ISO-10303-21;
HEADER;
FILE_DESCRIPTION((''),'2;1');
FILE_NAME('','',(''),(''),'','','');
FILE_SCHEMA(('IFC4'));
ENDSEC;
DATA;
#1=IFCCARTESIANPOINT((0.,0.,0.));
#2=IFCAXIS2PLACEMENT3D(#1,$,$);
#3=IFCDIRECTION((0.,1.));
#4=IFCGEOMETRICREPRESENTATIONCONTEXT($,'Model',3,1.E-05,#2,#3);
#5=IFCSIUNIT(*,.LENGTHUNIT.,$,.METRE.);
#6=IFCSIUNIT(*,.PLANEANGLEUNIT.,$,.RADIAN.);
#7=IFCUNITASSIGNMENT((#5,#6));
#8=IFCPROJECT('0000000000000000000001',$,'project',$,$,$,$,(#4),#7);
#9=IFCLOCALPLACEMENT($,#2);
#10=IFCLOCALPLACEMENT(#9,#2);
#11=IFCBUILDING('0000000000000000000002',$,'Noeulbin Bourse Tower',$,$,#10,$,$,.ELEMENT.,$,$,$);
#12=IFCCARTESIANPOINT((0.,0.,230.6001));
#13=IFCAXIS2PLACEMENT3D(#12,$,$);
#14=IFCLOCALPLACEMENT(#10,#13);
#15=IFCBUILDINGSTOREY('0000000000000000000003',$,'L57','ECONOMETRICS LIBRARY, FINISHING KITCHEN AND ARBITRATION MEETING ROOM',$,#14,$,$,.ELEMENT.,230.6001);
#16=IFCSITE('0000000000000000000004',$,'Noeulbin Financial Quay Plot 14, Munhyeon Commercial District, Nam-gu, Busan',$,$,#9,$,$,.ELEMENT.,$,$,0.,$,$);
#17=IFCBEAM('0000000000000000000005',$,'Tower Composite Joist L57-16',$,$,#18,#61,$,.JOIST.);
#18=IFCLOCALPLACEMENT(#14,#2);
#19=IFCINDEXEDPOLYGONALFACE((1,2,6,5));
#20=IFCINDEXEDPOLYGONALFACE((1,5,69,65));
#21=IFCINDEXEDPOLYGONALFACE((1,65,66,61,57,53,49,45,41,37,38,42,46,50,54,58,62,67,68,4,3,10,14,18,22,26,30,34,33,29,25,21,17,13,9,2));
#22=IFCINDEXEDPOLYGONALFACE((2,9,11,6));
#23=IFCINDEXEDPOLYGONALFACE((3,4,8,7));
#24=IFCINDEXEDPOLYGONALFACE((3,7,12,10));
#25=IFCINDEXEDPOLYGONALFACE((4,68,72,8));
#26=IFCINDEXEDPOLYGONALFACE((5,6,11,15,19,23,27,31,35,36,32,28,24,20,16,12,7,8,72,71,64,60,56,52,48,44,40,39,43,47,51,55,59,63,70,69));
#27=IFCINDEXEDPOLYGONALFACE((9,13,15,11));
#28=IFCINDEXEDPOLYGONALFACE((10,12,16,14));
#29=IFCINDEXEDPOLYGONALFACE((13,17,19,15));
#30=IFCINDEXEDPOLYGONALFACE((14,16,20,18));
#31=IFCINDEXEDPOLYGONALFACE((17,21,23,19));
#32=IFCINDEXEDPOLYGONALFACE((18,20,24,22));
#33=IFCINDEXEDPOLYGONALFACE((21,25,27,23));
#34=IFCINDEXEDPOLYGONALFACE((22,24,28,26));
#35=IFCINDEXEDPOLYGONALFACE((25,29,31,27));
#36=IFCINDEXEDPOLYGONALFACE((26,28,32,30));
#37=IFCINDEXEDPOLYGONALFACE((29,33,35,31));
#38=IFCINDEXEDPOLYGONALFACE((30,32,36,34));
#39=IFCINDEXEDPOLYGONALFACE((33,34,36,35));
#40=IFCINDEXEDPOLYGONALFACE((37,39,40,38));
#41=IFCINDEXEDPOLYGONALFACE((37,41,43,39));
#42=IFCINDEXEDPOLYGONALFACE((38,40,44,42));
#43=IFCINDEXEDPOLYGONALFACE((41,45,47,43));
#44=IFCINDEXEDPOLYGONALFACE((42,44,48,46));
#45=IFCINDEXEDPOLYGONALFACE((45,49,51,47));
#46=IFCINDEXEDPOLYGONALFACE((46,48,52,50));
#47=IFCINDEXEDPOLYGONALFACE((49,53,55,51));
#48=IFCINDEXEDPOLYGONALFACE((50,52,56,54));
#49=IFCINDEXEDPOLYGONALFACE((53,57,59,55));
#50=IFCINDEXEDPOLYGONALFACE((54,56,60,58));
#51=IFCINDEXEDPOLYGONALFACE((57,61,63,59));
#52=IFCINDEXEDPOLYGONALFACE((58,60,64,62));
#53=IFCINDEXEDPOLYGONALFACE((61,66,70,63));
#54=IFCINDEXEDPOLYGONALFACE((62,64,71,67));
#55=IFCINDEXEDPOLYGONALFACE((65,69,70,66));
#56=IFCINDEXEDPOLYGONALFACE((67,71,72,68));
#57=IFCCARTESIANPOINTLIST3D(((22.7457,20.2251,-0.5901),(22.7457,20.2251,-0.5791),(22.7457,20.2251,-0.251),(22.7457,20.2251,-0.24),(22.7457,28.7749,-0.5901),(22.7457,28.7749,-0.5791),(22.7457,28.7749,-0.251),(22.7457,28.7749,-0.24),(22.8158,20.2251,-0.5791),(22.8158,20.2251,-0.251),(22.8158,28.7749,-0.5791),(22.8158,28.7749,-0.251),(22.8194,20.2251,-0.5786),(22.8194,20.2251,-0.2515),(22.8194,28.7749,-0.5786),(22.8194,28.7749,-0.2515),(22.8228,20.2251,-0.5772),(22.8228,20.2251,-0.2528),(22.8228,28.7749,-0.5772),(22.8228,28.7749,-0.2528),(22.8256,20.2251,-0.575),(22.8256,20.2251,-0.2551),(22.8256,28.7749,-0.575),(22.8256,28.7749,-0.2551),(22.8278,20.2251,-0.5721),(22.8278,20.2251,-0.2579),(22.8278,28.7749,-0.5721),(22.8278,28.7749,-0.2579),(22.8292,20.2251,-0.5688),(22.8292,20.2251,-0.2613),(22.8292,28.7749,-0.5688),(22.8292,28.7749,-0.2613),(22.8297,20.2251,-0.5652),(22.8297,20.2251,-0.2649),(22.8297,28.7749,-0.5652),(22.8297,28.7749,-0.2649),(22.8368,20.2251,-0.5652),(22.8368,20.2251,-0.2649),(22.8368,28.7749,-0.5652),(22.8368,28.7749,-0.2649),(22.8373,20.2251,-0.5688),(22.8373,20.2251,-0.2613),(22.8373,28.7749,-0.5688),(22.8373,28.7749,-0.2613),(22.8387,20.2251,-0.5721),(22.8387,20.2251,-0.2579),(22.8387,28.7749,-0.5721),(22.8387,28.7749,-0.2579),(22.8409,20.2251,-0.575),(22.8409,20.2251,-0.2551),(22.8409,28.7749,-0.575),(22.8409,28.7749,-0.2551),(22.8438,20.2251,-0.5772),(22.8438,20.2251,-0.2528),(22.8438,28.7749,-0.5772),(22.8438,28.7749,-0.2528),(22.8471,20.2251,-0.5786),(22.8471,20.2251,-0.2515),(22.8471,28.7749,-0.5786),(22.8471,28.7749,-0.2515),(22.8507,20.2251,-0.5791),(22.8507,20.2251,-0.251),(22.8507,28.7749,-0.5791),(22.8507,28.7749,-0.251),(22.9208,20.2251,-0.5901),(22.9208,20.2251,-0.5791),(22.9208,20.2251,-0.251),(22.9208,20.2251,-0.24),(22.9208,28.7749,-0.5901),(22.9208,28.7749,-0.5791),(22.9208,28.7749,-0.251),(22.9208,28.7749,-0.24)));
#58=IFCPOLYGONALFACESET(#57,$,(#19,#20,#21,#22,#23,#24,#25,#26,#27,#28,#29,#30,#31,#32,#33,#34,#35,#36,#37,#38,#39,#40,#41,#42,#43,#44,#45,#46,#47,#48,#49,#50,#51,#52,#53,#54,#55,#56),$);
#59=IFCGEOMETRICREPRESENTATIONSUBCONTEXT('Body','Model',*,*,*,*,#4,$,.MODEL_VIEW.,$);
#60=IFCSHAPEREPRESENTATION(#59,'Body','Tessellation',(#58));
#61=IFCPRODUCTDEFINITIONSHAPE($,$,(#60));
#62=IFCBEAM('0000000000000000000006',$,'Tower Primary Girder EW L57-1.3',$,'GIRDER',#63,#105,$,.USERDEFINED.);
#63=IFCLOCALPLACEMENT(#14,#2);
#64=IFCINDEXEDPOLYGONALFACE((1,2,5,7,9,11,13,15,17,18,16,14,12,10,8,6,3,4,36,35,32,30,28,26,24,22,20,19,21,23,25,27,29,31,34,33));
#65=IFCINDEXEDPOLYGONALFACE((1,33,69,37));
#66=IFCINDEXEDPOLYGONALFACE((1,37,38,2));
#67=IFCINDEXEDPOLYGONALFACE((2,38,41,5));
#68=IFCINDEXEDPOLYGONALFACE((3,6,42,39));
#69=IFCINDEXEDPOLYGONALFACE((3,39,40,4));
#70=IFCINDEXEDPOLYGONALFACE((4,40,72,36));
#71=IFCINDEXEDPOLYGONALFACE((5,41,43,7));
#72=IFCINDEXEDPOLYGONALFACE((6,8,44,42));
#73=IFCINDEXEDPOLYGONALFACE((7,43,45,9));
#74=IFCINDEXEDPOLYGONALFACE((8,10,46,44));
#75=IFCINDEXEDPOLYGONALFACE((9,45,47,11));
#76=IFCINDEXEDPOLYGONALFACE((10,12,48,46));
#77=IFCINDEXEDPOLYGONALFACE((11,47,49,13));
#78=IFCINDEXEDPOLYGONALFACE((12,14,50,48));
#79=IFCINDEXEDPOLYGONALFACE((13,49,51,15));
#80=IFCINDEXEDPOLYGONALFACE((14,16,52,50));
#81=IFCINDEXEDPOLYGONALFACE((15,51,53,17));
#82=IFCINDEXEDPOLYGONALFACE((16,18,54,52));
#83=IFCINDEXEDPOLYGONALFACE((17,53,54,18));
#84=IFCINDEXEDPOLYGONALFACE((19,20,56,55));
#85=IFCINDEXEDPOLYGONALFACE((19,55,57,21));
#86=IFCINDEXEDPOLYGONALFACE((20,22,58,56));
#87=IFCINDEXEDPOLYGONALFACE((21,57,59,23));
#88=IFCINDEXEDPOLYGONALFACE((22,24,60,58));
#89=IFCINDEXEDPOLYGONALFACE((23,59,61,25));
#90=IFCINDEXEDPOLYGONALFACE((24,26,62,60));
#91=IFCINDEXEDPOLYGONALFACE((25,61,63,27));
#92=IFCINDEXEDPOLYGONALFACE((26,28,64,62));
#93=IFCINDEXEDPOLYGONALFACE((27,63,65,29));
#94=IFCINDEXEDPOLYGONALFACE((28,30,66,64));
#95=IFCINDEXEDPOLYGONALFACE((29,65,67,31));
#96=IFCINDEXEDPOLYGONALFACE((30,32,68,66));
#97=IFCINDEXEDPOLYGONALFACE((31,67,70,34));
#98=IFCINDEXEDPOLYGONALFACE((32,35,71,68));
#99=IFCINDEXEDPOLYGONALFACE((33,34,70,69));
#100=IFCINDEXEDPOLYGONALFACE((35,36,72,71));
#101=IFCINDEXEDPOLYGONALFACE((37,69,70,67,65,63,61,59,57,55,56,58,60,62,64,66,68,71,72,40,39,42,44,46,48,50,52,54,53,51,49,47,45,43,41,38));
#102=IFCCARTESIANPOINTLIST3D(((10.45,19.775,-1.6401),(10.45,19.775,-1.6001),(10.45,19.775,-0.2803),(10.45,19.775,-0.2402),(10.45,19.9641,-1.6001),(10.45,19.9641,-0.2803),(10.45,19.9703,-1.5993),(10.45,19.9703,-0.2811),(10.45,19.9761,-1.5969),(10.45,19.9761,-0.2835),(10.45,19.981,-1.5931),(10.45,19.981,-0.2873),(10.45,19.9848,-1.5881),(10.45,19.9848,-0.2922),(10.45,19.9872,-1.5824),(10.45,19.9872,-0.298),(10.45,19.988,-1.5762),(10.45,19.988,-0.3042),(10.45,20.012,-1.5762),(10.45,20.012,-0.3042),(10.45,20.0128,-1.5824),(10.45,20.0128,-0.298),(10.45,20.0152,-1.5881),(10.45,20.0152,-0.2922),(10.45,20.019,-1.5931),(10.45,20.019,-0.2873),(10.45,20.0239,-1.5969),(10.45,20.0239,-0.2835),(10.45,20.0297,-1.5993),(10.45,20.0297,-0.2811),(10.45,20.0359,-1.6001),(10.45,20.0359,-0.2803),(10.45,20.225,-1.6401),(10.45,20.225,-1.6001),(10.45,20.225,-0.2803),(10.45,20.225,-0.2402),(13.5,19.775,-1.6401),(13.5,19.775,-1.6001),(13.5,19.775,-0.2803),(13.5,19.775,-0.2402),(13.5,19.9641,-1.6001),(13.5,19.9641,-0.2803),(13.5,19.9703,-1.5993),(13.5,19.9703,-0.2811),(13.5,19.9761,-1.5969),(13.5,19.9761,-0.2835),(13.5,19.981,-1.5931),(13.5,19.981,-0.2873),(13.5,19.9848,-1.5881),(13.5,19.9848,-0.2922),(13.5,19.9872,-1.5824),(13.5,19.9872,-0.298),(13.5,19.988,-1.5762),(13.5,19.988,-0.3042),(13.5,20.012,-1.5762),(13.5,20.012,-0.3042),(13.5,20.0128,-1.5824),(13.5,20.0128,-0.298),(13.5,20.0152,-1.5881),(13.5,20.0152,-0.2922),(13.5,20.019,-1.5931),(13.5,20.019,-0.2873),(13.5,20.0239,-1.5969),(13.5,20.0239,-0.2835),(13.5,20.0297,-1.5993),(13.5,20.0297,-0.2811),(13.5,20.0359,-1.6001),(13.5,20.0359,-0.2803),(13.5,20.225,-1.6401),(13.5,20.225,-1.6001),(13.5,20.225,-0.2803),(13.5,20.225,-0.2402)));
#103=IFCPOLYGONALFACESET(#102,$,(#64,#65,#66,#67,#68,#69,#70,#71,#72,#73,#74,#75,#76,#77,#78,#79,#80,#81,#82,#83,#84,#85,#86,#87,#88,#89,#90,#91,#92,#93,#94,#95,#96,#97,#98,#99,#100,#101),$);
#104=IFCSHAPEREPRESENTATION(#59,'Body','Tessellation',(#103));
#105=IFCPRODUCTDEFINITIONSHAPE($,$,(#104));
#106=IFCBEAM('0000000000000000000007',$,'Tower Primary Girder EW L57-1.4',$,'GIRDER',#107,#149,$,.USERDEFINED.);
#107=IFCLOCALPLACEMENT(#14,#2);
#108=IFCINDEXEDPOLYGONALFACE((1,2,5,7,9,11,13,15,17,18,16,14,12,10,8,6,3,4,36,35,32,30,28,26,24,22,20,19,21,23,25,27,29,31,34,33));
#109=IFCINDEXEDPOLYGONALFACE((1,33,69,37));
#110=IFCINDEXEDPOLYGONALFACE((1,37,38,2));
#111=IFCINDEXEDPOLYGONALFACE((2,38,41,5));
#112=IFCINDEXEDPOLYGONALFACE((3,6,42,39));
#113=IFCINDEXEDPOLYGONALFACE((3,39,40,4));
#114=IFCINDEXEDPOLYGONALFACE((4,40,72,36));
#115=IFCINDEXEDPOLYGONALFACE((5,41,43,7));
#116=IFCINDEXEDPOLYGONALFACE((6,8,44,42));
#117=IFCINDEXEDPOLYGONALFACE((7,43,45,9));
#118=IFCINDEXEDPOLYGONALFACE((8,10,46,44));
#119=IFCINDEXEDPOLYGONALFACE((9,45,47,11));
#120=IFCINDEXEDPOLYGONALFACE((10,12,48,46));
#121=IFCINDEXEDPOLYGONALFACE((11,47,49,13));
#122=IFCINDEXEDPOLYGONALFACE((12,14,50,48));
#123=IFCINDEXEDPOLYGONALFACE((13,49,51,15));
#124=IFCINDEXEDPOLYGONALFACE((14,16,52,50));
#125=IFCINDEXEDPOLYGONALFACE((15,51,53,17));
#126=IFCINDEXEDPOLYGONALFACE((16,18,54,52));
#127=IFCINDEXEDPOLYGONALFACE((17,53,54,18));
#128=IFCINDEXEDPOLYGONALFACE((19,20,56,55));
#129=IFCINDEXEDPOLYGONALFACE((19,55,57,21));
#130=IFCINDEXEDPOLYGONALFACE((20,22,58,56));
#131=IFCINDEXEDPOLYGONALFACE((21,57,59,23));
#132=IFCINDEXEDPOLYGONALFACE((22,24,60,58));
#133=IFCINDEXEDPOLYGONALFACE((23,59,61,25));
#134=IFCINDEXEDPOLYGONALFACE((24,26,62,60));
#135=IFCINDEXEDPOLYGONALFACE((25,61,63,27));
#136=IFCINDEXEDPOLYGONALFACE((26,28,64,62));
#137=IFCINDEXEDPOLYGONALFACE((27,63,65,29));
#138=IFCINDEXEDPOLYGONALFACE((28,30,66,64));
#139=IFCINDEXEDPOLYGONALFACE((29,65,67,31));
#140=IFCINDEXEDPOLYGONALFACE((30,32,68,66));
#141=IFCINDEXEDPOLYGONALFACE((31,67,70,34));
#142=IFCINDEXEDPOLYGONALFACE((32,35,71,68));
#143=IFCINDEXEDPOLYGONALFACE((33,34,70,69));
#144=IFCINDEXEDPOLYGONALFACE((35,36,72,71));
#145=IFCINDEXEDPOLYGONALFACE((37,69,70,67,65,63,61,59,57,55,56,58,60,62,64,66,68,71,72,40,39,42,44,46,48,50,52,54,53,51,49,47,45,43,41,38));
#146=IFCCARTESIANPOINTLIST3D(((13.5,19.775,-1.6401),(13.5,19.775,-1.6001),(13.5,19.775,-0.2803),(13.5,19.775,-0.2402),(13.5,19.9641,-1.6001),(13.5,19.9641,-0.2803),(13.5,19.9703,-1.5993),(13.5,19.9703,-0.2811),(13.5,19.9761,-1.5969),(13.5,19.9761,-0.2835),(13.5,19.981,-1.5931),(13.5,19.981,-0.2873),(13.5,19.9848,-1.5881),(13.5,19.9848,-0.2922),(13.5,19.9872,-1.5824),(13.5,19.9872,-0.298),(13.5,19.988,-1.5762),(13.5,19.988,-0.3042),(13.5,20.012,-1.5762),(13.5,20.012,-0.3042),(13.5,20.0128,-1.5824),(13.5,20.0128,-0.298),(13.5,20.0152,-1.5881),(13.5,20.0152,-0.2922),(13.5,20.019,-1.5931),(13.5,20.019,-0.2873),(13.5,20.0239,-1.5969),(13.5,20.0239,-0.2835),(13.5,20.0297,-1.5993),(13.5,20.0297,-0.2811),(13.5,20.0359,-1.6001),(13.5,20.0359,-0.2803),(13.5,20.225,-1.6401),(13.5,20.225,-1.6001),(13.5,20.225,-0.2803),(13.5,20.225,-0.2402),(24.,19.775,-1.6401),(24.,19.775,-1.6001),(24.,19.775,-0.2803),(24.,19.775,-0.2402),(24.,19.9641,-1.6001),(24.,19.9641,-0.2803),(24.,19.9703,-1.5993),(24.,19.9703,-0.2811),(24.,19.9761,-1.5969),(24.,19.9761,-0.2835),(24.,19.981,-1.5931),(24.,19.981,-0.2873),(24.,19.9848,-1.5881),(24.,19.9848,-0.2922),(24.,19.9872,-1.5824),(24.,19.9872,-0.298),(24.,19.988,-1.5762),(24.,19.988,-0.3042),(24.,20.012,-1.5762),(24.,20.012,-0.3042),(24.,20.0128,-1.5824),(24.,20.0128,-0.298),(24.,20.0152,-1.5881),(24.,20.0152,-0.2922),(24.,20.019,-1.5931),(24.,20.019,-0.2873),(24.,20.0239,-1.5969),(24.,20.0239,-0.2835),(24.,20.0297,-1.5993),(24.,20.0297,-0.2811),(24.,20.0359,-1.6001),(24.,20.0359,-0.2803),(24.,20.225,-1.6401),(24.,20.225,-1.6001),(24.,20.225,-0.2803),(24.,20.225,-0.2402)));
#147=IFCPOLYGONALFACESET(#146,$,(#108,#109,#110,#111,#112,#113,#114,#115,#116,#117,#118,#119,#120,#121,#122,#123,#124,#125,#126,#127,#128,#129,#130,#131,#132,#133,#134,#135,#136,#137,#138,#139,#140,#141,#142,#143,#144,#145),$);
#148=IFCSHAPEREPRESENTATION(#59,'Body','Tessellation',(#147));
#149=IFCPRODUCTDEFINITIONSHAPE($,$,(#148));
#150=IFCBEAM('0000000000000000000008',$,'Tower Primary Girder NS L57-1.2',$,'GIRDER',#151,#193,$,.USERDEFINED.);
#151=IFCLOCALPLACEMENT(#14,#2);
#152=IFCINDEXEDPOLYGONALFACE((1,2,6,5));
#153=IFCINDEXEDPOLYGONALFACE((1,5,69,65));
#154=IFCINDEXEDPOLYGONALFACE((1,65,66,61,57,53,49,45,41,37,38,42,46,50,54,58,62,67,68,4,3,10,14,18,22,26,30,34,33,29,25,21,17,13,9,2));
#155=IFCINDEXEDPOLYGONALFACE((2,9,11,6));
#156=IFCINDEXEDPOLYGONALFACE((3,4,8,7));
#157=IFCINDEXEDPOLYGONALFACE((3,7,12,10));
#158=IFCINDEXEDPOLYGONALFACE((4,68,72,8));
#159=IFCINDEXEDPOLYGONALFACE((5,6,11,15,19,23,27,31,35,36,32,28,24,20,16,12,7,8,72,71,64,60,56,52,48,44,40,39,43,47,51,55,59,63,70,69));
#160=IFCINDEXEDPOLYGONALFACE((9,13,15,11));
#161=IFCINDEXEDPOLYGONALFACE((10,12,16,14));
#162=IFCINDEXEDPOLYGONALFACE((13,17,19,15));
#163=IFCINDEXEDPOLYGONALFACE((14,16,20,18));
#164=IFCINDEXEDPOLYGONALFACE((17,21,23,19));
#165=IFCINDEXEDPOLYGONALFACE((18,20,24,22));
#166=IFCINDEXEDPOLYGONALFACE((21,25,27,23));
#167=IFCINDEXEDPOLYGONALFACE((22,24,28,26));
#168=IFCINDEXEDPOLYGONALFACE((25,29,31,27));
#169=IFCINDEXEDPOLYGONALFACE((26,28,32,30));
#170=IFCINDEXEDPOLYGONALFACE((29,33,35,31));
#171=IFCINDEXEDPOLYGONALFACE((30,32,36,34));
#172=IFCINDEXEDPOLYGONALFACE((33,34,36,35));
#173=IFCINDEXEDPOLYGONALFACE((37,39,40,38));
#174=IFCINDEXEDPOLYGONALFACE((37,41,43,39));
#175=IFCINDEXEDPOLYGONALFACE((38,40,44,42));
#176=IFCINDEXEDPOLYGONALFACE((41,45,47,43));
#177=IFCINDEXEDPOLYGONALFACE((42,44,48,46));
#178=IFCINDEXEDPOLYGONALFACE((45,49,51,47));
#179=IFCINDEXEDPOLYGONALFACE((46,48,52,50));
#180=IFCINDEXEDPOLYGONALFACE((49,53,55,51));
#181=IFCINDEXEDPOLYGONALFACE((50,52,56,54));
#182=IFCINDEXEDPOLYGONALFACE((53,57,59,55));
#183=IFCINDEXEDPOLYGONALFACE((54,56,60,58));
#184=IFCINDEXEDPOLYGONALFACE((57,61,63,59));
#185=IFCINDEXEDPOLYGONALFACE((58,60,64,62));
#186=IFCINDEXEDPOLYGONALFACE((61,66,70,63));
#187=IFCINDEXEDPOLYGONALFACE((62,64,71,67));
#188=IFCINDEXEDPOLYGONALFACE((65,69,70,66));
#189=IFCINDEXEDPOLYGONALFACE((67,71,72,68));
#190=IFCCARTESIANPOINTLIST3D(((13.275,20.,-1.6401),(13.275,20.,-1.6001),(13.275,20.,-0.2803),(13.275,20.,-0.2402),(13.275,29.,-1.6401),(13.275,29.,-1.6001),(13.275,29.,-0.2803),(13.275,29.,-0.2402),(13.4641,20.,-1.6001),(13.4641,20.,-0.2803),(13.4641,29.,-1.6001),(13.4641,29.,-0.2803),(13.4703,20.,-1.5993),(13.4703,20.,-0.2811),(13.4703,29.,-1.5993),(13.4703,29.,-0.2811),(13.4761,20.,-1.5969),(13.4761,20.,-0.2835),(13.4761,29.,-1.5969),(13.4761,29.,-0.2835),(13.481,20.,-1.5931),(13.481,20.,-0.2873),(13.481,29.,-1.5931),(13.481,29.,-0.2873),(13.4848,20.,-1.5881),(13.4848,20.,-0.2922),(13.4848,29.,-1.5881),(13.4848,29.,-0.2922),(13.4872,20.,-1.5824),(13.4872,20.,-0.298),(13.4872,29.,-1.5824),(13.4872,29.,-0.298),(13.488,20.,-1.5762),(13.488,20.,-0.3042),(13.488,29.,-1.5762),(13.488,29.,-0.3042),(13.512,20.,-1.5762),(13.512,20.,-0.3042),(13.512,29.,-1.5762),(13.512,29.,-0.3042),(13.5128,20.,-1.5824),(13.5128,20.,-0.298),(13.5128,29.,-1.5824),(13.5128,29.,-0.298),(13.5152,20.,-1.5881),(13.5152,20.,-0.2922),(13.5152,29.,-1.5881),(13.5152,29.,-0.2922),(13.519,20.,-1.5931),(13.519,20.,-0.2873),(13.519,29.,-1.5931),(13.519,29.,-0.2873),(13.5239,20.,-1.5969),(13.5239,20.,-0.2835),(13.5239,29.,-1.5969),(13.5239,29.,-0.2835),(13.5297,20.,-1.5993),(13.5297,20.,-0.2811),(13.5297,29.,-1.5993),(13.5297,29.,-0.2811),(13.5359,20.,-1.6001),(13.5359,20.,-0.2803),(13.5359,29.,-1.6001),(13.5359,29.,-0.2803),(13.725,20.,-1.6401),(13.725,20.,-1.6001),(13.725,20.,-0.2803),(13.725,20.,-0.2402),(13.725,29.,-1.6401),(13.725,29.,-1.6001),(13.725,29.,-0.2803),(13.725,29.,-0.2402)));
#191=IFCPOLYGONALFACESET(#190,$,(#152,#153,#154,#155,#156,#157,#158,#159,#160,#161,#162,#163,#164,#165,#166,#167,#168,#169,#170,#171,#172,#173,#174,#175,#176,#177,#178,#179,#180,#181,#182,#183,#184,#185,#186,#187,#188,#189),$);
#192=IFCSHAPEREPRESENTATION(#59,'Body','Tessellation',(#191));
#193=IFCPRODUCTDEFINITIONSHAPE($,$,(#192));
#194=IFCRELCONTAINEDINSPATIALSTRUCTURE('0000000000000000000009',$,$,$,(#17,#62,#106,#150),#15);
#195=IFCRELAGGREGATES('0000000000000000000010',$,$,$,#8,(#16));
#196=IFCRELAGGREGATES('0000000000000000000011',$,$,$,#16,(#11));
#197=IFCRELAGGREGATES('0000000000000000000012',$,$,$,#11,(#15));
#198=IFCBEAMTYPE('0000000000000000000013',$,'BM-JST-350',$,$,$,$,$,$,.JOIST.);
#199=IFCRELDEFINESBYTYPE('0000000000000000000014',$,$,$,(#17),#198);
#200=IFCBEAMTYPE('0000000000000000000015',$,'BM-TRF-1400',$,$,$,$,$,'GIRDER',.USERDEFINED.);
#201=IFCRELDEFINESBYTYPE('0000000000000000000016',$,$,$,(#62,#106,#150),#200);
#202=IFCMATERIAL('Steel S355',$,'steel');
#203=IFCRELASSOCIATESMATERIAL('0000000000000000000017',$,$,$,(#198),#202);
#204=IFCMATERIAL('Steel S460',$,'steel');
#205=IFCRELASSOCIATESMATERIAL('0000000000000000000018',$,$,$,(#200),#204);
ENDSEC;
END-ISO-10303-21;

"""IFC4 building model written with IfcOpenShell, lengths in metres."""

from ifc_helpers import new_model, si_unit, direction, frame, origin, origin_2d, place, context, subcontext, project, spatial, i_section, extrude, material, material_profile, profile_set, type_object, element, save


model = new_model("IFC4")

# Units and contexts
model_context = context("Model", 3, precision=1e-05, world=origin(), true_north=direction((0.0, 1.0)))
body_context = subcontext(model_context, "Body", "Model", "MODEL_VIEW")
ifc_project = project(units=[si_unit("LENGTHUNIT", "METRE"), si_unit("PLANEANGLEUNIT", "RADIAN")], contexts=[model_context])

# Site, building, storey
site_placement = place(None, origin())
site = spatial("IfcSite", under=ifc_project, at=site_placement, Name="Noeulbin Financial Quay Plot 14, Munhyeon Commercial District, Nam-gu, Busan", CompositionType="ELEMENT", RefElevation=0.0)
building_placement = place(site_placement, origin())
building = spatial("IfcBuilding", under=site, at=building_placement, Name="Noeulbin Bourse Tower", CompositionType="ELEMENT")
storey_placement = place(building_placement, frame((0.0, 0.0, 230.6001)))
storey = spatial("IfcBuildingStorey", under=building, at=storey_placement, Name="L57", Description="ECONOMETRICS LIBRARY, FINISHING KITCHEN AND ARBITRATION MEETING ROOM", CompositionType="ELEMENT", Elevation=230.6001)

# Shared definitions
ifc_material_1 = material(Name="Steel S355", Category="steel")

# Beams
ifc_material_profile_1 = material_profile(ifc_material_1, i_section(OverallWidth=0.175, OverallDepth=0.3501, WebThickness=0.0071, FlangeThickness=0.011, FilletRadius=0.0139, at=origin_2d()), Name="H-350x175x7x11", Category="LoadBearing")
ifc_profile_set_1 = profile_set([ifc_material_profile_1], Name="Steel S355")
beam_type_1 = type_object("IfcBeamType", Name="BM-JST-350", PredefinedType="JOIST", material=ifc_profile_set_1)
beam_1_placement = place(storey_placement, frame((22.8333, 20.2251, -0.415), z_axis=(0.0, 1.0, 0.0), x_axis=(-1.0, 0.0, 0.0)))
element("IfcBeam", 1, at=beam_1_placement, inside=storey, type_object=beam_type_1, Name="Tower Composite Joist L57-16", PredefinedType="JOIST", context=body_context, shape_type="SweptSolid", body=[
    extrude(i_section(OverallWidth=0.175, OverallDepth=0.3501, WebThickness=0.0071, FlangeThickness=0.011, FilletRadius=0.0139, at=origin_2d()), origin(), (0.0, 0.0, 1.0), 8.5498),
])
ifc_material_2 = material(Name="Steel S460", Category="steel")
ifc_material_profile_2 = material_profile(ifc_material_2, i_section(OverallWidth=0.45, OverallDepth=1.3999, WebThickness=0.0239, FlangeThickness=0.04, FilletRadius=0.0239, at=origin_2d()), Name="PG-1400x450x24x40", Category="LoadBearing")
ifc_profile_set_2 = profile_set([ifc_material_profile_2], Name="Steel S460")
beam_type_2 = type_object("IfcBeamType", Name="BM-TRF-1400", ElementType="GIRDER", PredefinedType="USERDEFINED", material=ifc_profile_set_2)
beam_2_placement = place(storey_placement, frame((10.45, 20.0, -0.9402), z_axis=(1.0, 0.0, 0.0), x_axis=(0.0, 1.0, 0.0)))
element("IfcBeam", 2, at=beam_2_placement, inside=storey, type_object=beam_type_2, Name="Tower Primary Girder EW L57-1.3", ObjectType="GIRDER", PredefinedType="USERDEFINED", context=body_context, shape_type="SweptSolid", body=[
    extrude(i_section(OverallWidth=0.45, OverallDepth=1.3999, WebThickness=0.0239, FlangeThickness=0.04, FilletRadius=0.0239, at=origin_2d()), origin(), (0.0, 0.0, 1.0), 3.05),
])
beam_3_placement = place(storey_placement, frame((13.5, 20.0, -0.9402), z_axis=(1.0, 0.0, 0.0), x_axis=(0.0, 1.0, 0.0)))
element("IfcBeam", 3, at=beam_3_placement, inside=storey, type_object=beam_type_2, Name="Tower Primary Girder EW L57-1.4", ObjectType="GIRDER", PredefinedType="USERDEFINED", context=body_context, shape_type="SweptSolid", body=[
    extrude(i_section(OverallWidth=0.45, OverallDepth=1.3999, WebThickness=0.0239, FlangeThickness=0.04, FilletRadius=0.0239, at=origin_2d()), origin(), (0.0, 0.0, 1.0), 10.5),
])
beam_4_placement = place(storey_placement, frame((13.5, 20.0, -0.9402), z_axis=(0.0, 1.0, 0.0), x_axis=(-1.0, 0.0, 0.0)))
element("IfcBeam", 4, at=beam_4_placement, inside=storey, type_object=beam_type_2, Name="Tower Primary Girder NS L57-1.2", ObjectType="GIRDER", PredefinedType="USERDEFINED", context=body_context, shape_type="SweptSolid", body=[
    extrude(i_section(OverallWidth=0.45, OverallDepth=1.3999, WebThickness=0.0239, FlangeThickness=0.04, FilletRadius=0.0239, at=origin_2d()), origin(), (0.0, 0.0, 1.0), 9.0),
])

save(model, "model.ifc")
